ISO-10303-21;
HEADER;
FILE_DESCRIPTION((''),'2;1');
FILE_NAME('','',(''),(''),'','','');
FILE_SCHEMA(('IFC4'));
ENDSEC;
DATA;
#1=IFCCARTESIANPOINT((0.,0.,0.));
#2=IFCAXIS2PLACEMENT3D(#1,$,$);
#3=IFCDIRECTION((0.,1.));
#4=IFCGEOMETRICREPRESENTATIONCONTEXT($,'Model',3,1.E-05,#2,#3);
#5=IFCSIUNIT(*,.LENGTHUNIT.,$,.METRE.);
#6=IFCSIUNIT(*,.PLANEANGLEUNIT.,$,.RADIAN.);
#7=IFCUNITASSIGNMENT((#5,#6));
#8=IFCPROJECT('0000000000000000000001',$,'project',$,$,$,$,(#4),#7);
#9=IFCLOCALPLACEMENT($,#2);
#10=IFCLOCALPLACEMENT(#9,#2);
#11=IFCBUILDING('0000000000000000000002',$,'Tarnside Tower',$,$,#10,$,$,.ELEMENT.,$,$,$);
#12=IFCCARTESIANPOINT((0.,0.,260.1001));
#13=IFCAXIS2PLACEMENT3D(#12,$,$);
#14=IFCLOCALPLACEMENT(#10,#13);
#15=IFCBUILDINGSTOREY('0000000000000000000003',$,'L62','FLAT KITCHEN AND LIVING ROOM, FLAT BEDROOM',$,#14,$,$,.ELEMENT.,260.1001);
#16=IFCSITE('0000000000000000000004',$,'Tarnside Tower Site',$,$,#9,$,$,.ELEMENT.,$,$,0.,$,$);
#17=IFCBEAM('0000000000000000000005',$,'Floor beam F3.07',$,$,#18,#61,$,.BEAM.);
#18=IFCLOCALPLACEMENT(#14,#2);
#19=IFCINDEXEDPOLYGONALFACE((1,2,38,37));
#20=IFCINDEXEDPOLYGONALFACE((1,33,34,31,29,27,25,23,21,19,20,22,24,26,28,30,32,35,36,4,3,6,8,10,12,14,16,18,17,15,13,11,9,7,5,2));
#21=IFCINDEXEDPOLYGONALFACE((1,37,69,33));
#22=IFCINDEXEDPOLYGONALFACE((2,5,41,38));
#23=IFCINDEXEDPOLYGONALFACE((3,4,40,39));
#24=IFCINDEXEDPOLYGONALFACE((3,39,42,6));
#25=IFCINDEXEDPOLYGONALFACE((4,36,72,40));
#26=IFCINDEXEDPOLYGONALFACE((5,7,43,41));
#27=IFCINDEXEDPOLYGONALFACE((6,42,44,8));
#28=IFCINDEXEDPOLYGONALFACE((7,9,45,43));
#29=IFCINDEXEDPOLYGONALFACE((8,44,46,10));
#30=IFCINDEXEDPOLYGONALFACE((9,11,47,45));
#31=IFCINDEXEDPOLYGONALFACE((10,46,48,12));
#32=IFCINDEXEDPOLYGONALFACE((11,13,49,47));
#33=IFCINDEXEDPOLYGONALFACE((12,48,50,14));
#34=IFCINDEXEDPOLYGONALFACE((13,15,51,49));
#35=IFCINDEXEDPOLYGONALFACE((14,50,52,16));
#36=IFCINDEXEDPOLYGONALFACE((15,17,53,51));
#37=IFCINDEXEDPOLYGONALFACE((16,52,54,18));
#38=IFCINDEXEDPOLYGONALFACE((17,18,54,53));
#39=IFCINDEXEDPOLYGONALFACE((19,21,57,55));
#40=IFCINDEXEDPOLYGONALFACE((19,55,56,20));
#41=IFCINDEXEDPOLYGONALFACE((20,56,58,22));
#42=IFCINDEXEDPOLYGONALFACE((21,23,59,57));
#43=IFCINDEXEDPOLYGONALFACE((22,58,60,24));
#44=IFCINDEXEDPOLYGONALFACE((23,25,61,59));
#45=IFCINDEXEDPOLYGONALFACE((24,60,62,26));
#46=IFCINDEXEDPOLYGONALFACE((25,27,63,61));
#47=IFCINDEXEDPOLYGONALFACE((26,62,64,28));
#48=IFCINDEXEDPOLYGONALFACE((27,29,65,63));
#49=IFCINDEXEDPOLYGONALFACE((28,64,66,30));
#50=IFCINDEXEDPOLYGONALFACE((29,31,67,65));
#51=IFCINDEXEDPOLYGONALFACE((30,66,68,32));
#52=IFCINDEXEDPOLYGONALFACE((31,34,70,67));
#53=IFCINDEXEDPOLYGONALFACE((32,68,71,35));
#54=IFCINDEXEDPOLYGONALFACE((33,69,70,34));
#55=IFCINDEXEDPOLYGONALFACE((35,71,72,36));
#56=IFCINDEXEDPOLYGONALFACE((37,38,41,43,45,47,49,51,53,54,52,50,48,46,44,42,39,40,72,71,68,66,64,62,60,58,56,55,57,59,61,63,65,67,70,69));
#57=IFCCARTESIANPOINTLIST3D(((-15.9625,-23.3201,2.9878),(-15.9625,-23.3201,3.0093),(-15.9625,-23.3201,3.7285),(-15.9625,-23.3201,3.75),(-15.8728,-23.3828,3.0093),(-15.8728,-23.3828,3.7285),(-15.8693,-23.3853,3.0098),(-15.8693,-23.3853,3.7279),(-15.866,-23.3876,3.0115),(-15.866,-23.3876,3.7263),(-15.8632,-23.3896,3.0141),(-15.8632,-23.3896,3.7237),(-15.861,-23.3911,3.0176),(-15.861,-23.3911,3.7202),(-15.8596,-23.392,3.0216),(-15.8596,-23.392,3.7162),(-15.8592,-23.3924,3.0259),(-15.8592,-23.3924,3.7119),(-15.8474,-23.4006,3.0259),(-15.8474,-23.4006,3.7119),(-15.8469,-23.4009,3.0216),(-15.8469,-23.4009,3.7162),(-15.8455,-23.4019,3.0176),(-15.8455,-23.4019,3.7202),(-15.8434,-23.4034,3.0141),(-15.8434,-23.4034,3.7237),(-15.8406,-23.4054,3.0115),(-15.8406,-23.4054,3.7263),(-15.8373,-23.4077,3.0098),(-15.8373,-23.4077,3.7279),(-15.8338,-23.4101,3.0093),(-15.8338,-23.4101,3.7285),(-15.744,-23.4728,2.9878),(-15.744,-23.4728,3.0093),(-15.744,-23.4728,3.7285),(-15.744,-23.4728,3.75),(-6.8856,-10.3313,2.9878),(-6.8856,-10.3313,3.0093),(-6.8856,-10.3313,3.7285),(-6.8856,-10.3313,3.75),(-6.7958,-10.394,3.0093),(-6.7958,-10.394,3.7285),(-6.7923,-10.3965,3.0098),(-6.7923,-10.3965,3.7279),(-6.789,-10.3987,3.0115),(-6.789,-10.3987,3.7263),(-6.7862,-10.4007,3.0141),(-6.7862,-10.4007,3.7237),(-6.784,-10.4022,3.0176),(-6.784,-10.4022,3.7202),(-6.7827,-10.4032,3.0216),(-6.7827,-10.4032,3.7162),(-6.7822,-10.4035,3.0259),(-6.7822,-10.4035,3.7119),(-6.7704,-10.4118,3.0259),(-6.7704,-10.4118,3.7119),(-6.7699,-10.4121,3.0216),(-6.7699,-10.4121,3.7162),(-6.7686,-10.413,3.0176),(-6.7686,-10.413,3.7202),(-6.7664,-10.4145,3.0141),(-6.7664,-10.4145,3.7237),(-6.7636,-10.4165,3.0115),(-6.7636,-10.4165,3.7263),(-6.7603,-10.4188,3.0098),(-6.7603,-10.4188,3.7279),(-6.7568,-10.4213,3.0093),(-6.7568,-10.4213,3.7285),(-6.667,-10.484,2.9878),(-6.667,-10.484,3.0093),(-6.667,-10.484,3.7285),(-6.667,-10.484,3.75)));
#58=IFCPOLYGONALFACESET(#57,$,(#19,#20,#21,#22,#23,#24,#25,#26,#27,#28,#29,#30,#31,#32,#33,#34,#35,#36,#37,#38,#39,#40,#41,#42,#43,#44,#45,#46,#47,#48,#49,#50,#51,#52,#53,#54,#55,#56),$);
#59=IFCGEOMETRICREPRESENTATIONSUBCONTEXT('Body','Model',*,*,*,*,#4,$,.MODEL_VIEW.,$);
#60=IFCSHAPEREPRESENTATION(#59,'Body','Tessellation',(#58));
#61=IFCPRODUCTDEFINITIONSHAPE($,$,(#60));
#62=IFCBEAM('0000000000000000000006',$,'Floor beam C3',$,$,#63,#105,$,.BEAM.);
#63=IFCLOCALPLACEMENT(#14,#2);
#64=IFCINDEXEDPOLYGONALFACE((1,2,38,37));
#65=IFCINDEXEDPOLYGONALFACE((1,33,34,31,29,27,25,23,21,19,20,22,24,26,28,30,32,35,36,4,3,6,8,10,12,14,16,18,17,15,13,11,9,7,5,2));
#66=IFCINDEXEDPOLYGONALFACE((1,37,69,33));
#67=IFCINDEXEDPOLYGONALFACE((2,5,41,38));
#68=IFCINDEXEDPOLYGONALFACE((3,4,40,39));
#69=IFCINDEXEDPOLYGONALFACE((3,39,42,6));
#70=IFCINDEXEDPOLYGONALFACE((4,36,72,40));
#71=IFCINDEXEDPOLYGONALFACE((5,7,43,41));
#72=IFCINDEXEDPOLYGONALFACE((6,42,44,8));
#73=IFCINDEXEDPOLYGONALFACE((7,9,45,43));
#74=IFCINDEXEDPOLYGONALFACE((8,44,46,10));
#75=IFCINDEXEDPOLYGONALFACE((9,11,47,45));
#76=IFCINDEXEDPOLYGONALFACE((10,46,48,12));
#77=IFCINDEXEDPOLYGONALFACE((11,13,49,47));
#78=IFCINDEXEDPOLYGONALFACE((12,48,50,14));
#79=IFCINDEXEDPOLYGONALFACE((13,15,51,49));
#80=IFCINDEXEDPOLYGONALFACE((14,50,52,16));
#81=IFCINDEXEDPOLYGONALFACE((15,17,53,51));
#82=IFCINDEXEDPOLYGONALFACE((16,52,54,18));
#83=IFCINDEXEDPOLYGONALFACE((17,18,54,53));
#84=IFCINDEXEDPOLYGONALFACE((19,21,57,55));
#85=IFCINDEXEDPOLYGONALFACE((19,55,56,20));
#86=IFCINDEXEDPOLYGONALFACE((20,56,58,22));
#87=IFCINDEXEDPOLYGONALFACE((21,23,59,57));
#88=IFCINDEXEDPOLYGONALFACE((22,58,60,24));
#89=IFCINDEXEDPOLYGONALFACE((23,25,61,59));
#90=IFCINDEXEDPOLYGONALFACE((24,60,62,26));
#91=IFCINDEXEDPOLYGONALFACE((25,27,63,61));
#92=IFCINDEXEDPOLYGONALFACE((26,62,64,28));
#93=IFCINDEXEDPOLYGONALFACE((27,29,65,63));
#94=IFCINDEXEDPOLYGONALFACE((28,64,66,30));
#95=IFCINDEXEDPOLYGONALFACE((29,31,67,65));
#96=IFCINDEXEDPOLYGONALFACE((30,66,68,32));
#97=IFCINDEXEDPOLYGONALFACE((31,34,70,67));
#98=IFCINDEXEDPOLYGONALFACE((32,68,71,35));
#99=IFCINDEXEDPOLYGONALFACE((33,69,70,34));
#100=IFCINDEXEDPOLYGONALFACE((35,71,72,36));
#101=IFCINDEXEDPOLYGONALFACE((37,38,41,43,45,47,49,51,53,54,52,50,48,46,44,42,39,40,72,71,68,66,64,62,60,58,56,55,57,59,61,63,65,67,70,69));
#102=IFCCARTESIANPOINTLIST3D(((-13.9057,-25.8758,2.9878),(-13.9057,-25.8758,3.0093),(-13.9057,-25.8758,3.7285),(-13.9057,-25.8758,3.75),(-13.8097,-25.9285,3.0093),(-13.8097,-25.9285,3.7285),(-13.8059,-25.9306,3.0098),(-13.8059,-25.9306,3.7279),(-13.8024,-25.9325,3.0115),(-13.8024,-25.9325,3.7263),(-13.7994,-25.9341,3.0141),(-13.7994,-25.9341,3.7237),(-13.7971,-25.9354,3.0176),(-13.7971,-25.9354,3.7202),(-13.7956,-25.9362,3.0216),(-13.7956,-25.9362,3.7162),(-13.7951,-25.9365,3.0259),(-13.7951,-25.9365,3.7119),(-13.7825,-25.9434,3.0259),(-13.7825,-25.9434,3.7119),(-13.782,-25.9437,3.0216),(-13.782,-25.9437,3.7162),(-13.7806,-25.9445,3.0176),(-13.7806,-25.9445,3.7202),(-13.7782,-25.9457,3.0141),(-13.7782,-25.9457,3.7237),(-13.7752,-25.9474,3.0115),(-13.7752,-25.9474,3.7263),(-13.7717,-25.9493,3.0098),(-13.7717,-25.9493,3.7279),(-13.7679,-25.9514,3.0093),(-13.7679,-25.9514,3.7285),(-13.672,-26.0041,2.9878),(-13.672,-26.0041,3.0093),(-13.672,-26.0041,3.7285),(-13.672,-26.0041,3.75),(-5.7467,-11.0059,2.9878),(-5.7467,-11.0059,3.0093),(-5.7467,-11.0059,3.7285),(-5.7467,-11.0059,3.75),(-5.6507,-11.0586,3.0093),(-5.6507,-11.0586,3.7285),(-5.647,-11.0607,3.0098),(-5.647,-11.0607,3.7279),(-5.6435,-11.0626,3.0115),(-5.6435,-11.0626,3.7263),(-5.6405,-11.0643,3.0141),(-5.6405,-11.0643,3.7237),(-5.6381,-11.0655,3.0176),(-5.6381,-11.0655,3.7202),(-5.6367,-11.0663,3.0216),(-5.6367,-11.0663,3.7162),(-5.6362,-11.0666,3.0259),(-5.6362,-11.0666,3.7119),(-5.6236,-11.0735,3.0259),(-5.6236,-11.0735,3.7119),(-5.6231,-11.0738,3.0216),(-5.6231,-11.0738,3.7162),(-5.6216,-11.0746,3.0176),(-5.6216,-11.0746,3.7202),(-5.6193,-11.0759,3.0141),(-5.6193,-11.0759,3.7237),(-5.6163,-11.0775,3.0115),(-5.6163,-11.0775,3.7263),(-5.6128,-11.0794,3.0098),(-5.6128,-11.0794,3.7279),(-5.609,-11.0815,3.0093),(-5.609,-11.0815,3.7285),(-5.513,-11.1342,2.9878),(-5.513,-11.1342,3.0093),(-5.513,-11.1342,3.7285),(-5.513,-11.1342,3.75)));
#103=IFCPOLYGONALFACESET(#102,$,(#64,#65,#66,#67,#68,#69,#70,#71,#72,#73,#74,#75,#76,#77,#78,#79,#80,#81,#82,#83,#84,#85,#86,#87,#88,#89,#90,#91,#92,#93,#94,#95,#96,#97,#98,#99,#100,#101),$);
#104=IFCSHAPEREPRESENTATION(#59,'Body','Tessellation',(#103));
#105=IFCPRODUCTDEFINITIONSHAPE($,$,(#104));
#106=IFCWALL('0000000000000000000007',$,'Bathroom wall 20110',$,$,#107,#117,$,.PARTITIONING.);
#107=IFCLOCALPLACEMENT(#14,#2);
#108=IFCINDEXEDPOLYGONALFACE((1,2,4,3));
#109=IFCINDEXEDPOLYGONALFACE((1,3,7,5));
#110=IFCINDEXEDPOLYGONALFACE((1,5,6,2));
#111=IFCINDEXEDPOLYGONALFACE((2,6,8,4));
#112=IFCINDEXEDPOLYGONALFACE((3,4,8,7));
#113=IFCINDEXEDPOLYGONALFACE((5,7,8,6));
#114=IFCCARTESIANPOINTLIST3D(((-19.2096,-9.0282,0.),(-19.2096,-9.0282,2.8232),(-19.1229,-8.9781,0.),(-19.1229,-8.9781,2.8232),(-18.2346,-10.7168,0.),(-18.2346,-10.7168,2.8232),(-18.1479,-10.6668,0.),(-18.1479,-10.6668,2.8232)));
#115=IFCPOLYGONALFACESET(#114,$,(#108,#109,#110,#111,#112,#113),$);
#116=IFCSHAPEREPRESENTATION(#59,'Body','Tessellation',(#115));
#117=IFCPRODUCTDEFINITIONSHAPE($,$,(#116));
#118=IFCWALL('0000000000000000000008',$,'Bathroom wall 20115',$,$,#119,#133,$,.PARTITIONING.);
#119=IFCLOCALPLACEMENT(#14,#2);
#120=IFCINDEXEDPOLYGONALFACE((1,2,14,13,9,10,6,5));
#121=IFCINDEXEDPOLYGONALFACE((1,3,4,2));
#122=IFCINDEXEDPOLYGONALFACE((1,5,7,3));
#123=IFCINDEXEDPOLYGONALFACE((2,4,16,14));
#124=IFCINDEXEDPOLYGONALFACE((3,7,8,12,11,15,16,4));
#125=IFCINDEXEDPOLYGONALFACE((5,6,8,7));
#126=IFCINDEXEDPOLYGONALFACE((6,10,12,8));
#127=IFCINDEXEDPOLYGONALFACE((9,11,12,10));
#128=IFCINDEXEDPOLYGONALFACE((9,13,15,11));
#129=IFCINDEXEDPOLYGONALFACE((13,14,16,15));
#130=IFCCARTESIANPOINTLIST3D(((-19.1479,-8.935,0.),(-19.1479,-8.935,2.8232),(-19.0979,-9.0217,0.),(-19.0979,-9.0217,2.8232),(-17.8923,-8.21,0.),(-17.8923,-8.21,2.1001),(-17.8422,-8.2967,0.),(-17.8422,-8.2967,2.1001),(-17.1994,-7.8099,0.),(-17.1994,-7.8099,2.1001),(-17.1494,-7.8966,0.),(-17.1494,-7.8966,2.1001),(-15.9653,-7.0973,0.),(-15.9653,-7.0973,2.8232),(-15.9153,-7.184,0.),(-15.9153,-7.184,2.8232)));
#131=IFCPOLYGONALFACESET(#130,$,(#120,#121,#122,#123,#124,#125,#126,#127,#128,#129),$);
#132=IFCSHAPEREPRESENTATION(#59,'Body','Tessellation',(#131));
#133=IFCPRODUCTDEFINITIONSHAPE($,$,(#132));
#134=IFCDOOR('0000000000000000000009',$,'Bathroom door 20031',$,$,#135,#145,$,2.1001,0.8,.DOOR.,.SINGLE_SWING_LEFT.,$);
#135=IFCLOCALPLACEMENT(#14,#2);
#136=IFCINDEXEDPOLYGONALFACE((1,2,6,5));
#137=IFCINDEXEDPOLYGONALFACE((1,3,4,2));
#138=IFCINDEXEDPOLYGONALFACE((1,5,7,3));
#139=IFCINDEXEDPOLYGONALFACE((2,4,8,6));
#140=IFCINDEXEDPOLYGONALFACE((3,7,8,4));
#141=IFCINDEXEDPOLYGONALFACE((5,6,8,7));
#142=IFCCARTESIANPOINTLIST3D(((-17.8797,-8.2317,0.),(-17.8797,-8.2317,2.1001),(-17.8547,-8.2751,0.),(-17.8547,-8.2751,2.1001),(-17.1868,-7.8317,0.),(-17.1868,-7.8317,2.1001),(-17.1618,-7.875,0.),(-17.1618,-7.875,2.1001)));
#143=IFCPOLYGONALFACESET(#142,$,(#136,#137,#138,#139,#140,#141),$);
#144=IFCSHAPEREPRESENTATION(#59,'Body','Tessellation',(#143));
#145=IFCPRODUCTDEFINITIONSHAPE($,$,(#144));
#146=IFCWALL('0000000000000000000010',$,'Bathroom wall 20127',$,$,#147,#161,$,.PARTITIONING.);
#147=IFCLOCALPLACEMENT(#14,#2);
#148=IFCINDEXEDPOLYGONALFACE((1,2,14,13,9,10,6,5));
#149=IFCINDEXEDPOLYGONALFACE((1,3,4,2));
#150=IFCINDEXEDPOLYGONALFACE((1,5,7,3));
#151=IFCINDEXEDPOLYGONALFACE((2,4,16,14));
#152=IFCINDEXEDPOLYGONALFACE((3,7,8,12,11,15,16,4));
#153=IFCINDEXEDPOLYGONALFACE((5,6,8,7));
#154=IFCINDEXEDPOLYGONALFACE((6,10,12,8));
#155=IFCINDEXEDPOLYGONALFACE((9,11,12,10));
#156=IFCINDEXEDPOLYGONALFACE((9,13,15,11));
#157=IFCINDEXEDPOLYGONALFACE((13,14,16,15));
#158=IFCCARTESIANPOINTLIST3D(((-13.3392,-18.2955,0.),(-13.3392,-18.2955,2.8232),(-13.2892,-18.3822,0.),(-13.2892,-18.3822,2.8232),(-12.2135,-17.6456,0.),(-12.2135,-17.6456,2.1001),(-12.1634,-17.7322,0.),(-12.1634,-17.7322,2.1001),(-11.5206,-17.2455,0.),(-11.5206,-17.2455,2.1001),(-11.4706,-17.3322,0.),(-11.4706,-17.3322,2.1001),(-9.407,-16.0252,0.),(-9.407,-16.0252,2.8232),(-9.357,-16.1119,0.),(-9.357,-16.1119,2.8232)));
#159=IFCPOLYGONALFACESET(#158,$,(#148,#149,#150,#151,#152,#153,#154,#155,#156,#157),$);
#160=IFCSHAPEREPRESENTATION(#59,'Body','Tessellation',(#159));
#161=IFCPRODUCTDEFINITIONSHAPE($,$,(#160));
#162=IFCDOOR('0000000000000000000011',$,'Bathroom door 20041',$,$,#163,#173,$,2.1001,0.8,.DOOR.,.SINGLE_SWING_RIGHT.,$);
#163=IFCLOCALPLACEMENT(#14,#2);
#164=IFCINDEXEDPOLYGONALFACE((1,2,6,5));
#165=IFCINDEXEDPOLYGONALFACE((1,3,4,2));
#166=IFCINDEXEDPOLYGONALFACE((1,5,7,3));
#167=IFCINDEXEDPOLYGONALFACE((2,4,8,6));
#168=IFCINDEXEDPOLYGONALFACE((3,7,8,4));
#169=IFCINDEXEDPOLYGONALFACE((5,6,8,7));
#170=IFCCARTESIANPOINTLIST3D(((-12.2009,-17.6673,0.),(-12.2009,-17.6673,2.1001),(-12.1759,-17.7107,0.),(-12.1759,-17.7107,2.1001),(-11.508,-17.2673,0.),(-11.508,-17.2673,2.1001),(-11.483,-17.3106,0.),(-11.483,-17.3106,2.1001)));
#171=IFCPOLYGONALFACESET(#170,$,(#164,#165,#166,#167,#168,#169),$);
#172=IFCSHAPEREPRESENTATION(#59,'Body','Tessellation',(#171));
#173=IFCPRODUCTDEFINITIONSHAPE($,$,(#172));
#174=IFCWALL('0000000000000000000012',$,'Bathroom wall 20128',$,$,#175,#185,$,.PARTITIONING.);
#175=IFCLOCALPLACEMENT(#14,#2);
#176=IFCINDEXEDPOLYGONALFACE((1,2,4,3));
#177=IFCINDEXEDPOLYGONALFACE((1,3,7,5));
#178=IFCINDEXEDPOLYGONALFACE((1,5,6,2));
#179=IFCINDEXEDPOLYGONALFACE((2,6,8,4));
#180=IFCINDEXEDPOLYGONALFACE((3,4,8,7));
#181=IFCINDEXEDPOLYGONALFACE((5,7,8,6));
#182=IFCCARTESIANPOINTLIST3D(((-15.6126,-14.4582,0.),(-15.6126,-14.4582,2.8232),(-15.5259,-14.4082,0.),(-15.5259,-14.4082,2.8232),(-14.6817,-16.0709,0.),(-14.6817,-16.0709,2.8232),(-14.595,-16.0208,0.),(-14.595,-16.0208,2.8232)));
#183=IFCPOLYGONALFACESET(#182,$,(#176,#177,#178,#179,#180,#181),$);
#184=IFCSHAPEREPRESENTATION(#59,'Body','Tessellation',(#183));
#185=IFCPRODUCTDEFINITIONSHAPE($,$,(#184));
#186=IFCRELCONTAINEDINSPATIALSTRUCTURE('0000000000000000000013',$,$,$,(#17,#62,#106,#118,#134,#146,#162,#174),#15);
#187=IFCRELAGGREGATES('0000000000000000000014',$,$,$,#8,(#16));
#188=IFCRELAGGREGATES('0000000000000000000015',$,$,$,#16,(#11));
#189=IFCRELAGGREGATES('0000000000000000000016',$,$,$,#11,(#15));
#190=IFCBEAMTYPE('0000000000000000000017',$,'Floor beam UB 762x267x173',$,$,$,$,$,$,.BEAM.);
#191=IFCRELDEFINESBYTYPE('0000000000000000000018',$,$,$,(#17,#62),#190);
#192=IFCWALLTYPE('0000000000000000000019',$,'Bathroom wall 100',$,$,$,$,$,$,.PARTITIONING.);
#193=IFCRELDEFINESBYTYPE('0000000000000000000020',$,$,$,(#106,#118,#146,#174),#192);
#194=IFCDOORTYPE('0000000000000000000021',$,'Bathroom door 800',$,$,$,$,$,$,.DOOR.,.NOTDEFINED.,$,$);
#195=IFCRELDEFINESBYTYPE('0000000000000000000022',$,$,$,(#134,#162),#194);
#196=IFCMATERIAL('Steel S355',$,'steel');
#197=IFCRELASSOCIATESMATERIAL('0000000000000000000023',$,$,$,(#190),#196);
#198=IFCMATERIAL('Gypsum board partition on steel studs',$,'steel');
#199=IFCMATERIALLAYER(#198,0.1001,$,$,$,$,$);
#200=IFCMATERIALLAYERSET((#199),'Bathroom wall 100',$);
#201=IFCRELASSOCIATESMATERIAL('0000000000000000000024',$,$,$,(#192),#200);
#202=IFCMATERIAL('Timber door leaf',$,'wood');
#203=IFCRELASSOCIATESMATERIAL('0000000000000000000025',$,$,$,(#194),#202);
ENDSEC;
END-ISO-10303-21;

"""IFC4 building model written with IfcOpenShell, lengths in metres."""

from ifc_helpers import new_model, si_unit, direction, frame, frame_2d, origin, origin_2d, place, context, subcontext, project, spatial, rectangle, i_section, extrude, material, layer, layer_set, material_profile, profile_set, type_object, element, fill, save


model = new_model("IFC4")

# Units and contexts
model_context = context("Model", 3, precision=1e-05, world=origin(), true_north=direction((0.0, 1.0)))
body_context = subcontext(model_context, "Body", "Model", "MODEL_VIEW")
ifc_project = project(units=[si_unit("LENGTHUNIT", "METRE"), si_unit("PLANEANGLEUNIT", "RADIAN")], contexts=[model_context])

# Site, building, storey
site_placement = place(None, origin())
site = spatial("IfcSite", under=ifc_project, at=site_placement, Name="Tarnside Tower Site", CompositionType="ELEMENT", RefElevation=0.0)
building_placement = place(site_placement, origin())
building = spatial("IfcBuilding", under=site, at=building_placement, Name="Tarnside Tower", CompositionType="ELEMENT")
storey_placement = place(building_placement, frame((0.0, 0.0, 260.1001)))
storey = spatial("IfcBuildingStorey", under=building, at=storey_placement, Name="L62", Description="FLAT KITCHEN AND LIVING ROOM, FLAT BEDROOM", CompositionType="ELEMENT", Elevation=260.1001)

# Beams
ifc_material_1 = material(Name="Steel S355", Category="steel")
ifc_material_profile_1 = material_profile(ifc_material_1, i_section(OverallWidth=0.2666, OverallDepth=0.7622, WebThickness=0.0144, FlangeThickness=0.0215, FilletRadius=0.0166, at=origin_2d()), Name="UB 762x267x173")
ifc_profile_set_1 = profile_set([ifc_material_profile_1], Name="Steel S355")
beam_type_1 = type_object("IfcBeamType", Name="Floor beam UB 762x267x173", PredefinedType="BEAM", material=ifc_profile_set_1)
beam_1_placement = place(storey_placement, frame((-15.8533, -23.3965, 3.3689), z_axis=(0.572817, 0.819683, 0.0), x_axis=(-0.819683, 0.572817, 0.0)))
element("IfcBeam", 1, at=beam_1_placement, inside=storey, type_object=beam_type_1, Name="Floor beam F3.07", PredefinedType="BEAM", context=body_context, shape_type="SweptSolid", body=[
    extrude(i_section(OverallWidth=0.2666, OverallDepth=0.7622, WebThickness=0.0144, FlangeThickness=0.0215, FilletRadius=0.0166, at=origin_2d()), origin(), (0.0, 0.0, 1.0), 15.8462),
])
beam_2_placement = place(storey_placement, frame((-13.7888, -25.9399, 3.3689), z_axis=(0.481036, 0.876701, 0.0), x_axis=(-0.876701, 0.481036, 0.0)))
element("IfcBeam", 2, at=beam_2_placement, inside=storey, type_object=beam_type_1, Name="Floor beam C3", PredefinedType="BEAM", context=body_context, shape_type="SweptSolid", body=[
    extrude(i_section(OverallWidth=0.2666, OverallDepth=0.7622, WebThickness=0.0144, FlangeThickness=0.0215, FilletRadius=0.0166, at=origin_2d()), origin(), (0.0, 0.0, 1.0), 16.9612),
])

# Wall
ifc_material_2 = material(Name="Gypsum board partition on steel studs", Category="steel")
ifc_layer_1 = layer(ifc_material_2, 0.1001)
ifc_layer_set_1 = layer_set([ifc_layer_1], Name="Bathroom wall 100")
wall_type_1 = type_object("IfcWallType", Name="Bathroom wall 100", PredefinedType="PARTITIONING", material=ifc_layer_set_1)
wall_1_placement = place(storey_placement, frame((-18.1912, -10.6919, 0.0), z_axis=(0.0, 0.0, 1.0), x_axis=(-0.500044, 0.866, 0.0)))
element("IfcWall", 3, at=wall_1_placement, inside=storey, type_object=wall_type_1, Name="Bathroom wall 20110", PredefinedType="PARTITIONING", context=body_context, shape_type="SweptSolid", body=[
    extrude(rectangle(XDim=1.95, YDim=0.1001, at=frame_2d((0.9751, 0.0))), origin(), (0.0, 0.0, 1.0), 2.8232),
])

# Walls, openings, doors
wall_2_placement = place(storey_placement, frame((-19.1228, -8.9783, 0.0), z_axis=(0.0, 0.0, 1.0), x_axis=(0.866006, 0.500033, 0.0)))
wall_2 = element("IfcWall", 4, at=wall_2_placement, inside=storey, type_object=wall_type_1, Name="Bathroom wall 20115", PredefinedType="PARTITIONING", context=body_context, shape_type="SweptSolid", body=[
    extrude(rectangle(XDim=3.675, YDim=0.1001, at=frame_2d((1.8374, 0.0))), origin(), (0.0, 0.0, 1.0), 2.8232),
])
opening_1_placement = place(wall_2_placement, frame((1.45, 0.0, 0.0)))
opening_1 = element("IfcOpeningElement", 5, at=opening_1_placement, cuts=wall_2, PredefinedType="OPENING", context=body_context, shape_type="SweptSolid", body=[
    extrude(rectangle(XDim=0.8, YDim=2.1001, at=frame_2d((0.3999, 1.05))), frame((0.0, 0.0601, 0.0), z_axis=(0.0, -1.0, 0.0), x_axis=(1.0, 0.0, 0.0)), (0.0, 0.0, 1.0), 0.1201),
])
ifc_material_3 = material(Name="Timber door leaf", Category="wood")
door_type_1 = type_object("IfcDoorType", Name="Bathroom door 800", OperationType="NOTDEFINED", PredefinedType="DOOR", material=ifc_material_3)
door_1_placement = place(opening_1_placement, origin())
door_1 = element("IfcDoor", 6, at=door_1_placement, inside=storey, type_object=door_type_1, Name="Bathroom door 20031", OperationType="SINGLE_SWING_LEFT", OverallHeight=2.1001, OverallWidth=0.8, PredefinedType="DOOR", context=body_context, shape_type="SweptSolid", body=[
    extrude(rectangle(XDim=0.8, YDim=2.1001, at=frame_2d((0.3999, 1.05))), frame((0.0, 0.0249, 0.0), z_axis=(0.0, -1.0, 0.0), x_axis=(1.0, 0.0, 0.0)), (0.0, 0.0, 1.0), 0.05),
])
fill(opening_1, door_1)
wall_3_placement = place(storey_placement, frame((-13.3142, -18.3389, 0.0), z_axis=(0.0, 0.0, 1.0), x_axis=(0.866021, 0.500008, 0.0)))
wall_3 = element("IfcWall", 7, at=wall_3_placement, inside=storey, type_object=wall_type_1, Name="Bathroom wall 20127", PredefinedType="PARTITIONING", context=body_context, shape_type="SweptSolid", body=[
    extrude(rectangle(XDim=4.5405, YDim=0.1001, at=frame_2d((2.2703, 0.0))), origin(), (0.0, 0.0, 1.0), 2.8232),
])
opening_2_placement = place(wall_3_placement, frame((1.3, 0.0, 0.0)))
opening_2 = element("IfcOpeningElement", 8, at=opening_2_placement, cuts=wall_3, PredefinedType="OPENING", context=body_context, shape_type="SweptSolid", body=[
    extrude(rectangle(XDim=0.8, YDim=2.1001, at=frame_2d((0.3999, 1.05))), frame((0.0, 0.0601, 0.0), z_axis=(0.0, -1.0, 0.0), x_axis=(1.0, 0.0, 0.0)), (0.0, 0.0, 1.0), 0.1201),
])
door_2_placement = place(opening_2_placement, origin())
door_2 = element("IfcDoor", 9, at=door_2_placement, inside=storey, type_object=door_type_1, Name="Bathroom door 20041", OperationType="SINGLE_SWING_RIGHT", OverallHeight=2.1001, OverallWidth=0.8, PredefinedType="DOOR", context=body_context, shape_type="SweptSolid", body=[
    extrude(rectangle(XDim=0.8, YDim=2.1001, at=frame_2d((0.3999, 1.05))), frame((0.0, 0.0249, 0.0), z_axis=(0.0, -1.0, 0.0), x_axis=(1.0, 0.0, 0.0)), (0.0, 0.0, 1.0), 0.05),
])
fill(opening_2, door_2)

# Wall
wall_4_placement = place(storey_placement, frame((-15.5693, -14.4331, 0.0), z_axis=(0.0, 0.0, 1.0), x_axis=(0.499961, -0.866048, 0.0)))
element("IfcWall", 10, at=wall_4_placement, inside=storey, type_object=wall_type_1, Name="Bathroom wall 20128", PredefinedType="PARTITIONING", context=body_context, shape_type="SweptSolid", body=[
    extrude(rectangle(XDim=1.8621, YDim=0.1001, at=frame_2d((0.9312, 0.0))), origin(), (0.0, 0.0, 1.0), 2.8232),
])

save(model, "model.ifc")
